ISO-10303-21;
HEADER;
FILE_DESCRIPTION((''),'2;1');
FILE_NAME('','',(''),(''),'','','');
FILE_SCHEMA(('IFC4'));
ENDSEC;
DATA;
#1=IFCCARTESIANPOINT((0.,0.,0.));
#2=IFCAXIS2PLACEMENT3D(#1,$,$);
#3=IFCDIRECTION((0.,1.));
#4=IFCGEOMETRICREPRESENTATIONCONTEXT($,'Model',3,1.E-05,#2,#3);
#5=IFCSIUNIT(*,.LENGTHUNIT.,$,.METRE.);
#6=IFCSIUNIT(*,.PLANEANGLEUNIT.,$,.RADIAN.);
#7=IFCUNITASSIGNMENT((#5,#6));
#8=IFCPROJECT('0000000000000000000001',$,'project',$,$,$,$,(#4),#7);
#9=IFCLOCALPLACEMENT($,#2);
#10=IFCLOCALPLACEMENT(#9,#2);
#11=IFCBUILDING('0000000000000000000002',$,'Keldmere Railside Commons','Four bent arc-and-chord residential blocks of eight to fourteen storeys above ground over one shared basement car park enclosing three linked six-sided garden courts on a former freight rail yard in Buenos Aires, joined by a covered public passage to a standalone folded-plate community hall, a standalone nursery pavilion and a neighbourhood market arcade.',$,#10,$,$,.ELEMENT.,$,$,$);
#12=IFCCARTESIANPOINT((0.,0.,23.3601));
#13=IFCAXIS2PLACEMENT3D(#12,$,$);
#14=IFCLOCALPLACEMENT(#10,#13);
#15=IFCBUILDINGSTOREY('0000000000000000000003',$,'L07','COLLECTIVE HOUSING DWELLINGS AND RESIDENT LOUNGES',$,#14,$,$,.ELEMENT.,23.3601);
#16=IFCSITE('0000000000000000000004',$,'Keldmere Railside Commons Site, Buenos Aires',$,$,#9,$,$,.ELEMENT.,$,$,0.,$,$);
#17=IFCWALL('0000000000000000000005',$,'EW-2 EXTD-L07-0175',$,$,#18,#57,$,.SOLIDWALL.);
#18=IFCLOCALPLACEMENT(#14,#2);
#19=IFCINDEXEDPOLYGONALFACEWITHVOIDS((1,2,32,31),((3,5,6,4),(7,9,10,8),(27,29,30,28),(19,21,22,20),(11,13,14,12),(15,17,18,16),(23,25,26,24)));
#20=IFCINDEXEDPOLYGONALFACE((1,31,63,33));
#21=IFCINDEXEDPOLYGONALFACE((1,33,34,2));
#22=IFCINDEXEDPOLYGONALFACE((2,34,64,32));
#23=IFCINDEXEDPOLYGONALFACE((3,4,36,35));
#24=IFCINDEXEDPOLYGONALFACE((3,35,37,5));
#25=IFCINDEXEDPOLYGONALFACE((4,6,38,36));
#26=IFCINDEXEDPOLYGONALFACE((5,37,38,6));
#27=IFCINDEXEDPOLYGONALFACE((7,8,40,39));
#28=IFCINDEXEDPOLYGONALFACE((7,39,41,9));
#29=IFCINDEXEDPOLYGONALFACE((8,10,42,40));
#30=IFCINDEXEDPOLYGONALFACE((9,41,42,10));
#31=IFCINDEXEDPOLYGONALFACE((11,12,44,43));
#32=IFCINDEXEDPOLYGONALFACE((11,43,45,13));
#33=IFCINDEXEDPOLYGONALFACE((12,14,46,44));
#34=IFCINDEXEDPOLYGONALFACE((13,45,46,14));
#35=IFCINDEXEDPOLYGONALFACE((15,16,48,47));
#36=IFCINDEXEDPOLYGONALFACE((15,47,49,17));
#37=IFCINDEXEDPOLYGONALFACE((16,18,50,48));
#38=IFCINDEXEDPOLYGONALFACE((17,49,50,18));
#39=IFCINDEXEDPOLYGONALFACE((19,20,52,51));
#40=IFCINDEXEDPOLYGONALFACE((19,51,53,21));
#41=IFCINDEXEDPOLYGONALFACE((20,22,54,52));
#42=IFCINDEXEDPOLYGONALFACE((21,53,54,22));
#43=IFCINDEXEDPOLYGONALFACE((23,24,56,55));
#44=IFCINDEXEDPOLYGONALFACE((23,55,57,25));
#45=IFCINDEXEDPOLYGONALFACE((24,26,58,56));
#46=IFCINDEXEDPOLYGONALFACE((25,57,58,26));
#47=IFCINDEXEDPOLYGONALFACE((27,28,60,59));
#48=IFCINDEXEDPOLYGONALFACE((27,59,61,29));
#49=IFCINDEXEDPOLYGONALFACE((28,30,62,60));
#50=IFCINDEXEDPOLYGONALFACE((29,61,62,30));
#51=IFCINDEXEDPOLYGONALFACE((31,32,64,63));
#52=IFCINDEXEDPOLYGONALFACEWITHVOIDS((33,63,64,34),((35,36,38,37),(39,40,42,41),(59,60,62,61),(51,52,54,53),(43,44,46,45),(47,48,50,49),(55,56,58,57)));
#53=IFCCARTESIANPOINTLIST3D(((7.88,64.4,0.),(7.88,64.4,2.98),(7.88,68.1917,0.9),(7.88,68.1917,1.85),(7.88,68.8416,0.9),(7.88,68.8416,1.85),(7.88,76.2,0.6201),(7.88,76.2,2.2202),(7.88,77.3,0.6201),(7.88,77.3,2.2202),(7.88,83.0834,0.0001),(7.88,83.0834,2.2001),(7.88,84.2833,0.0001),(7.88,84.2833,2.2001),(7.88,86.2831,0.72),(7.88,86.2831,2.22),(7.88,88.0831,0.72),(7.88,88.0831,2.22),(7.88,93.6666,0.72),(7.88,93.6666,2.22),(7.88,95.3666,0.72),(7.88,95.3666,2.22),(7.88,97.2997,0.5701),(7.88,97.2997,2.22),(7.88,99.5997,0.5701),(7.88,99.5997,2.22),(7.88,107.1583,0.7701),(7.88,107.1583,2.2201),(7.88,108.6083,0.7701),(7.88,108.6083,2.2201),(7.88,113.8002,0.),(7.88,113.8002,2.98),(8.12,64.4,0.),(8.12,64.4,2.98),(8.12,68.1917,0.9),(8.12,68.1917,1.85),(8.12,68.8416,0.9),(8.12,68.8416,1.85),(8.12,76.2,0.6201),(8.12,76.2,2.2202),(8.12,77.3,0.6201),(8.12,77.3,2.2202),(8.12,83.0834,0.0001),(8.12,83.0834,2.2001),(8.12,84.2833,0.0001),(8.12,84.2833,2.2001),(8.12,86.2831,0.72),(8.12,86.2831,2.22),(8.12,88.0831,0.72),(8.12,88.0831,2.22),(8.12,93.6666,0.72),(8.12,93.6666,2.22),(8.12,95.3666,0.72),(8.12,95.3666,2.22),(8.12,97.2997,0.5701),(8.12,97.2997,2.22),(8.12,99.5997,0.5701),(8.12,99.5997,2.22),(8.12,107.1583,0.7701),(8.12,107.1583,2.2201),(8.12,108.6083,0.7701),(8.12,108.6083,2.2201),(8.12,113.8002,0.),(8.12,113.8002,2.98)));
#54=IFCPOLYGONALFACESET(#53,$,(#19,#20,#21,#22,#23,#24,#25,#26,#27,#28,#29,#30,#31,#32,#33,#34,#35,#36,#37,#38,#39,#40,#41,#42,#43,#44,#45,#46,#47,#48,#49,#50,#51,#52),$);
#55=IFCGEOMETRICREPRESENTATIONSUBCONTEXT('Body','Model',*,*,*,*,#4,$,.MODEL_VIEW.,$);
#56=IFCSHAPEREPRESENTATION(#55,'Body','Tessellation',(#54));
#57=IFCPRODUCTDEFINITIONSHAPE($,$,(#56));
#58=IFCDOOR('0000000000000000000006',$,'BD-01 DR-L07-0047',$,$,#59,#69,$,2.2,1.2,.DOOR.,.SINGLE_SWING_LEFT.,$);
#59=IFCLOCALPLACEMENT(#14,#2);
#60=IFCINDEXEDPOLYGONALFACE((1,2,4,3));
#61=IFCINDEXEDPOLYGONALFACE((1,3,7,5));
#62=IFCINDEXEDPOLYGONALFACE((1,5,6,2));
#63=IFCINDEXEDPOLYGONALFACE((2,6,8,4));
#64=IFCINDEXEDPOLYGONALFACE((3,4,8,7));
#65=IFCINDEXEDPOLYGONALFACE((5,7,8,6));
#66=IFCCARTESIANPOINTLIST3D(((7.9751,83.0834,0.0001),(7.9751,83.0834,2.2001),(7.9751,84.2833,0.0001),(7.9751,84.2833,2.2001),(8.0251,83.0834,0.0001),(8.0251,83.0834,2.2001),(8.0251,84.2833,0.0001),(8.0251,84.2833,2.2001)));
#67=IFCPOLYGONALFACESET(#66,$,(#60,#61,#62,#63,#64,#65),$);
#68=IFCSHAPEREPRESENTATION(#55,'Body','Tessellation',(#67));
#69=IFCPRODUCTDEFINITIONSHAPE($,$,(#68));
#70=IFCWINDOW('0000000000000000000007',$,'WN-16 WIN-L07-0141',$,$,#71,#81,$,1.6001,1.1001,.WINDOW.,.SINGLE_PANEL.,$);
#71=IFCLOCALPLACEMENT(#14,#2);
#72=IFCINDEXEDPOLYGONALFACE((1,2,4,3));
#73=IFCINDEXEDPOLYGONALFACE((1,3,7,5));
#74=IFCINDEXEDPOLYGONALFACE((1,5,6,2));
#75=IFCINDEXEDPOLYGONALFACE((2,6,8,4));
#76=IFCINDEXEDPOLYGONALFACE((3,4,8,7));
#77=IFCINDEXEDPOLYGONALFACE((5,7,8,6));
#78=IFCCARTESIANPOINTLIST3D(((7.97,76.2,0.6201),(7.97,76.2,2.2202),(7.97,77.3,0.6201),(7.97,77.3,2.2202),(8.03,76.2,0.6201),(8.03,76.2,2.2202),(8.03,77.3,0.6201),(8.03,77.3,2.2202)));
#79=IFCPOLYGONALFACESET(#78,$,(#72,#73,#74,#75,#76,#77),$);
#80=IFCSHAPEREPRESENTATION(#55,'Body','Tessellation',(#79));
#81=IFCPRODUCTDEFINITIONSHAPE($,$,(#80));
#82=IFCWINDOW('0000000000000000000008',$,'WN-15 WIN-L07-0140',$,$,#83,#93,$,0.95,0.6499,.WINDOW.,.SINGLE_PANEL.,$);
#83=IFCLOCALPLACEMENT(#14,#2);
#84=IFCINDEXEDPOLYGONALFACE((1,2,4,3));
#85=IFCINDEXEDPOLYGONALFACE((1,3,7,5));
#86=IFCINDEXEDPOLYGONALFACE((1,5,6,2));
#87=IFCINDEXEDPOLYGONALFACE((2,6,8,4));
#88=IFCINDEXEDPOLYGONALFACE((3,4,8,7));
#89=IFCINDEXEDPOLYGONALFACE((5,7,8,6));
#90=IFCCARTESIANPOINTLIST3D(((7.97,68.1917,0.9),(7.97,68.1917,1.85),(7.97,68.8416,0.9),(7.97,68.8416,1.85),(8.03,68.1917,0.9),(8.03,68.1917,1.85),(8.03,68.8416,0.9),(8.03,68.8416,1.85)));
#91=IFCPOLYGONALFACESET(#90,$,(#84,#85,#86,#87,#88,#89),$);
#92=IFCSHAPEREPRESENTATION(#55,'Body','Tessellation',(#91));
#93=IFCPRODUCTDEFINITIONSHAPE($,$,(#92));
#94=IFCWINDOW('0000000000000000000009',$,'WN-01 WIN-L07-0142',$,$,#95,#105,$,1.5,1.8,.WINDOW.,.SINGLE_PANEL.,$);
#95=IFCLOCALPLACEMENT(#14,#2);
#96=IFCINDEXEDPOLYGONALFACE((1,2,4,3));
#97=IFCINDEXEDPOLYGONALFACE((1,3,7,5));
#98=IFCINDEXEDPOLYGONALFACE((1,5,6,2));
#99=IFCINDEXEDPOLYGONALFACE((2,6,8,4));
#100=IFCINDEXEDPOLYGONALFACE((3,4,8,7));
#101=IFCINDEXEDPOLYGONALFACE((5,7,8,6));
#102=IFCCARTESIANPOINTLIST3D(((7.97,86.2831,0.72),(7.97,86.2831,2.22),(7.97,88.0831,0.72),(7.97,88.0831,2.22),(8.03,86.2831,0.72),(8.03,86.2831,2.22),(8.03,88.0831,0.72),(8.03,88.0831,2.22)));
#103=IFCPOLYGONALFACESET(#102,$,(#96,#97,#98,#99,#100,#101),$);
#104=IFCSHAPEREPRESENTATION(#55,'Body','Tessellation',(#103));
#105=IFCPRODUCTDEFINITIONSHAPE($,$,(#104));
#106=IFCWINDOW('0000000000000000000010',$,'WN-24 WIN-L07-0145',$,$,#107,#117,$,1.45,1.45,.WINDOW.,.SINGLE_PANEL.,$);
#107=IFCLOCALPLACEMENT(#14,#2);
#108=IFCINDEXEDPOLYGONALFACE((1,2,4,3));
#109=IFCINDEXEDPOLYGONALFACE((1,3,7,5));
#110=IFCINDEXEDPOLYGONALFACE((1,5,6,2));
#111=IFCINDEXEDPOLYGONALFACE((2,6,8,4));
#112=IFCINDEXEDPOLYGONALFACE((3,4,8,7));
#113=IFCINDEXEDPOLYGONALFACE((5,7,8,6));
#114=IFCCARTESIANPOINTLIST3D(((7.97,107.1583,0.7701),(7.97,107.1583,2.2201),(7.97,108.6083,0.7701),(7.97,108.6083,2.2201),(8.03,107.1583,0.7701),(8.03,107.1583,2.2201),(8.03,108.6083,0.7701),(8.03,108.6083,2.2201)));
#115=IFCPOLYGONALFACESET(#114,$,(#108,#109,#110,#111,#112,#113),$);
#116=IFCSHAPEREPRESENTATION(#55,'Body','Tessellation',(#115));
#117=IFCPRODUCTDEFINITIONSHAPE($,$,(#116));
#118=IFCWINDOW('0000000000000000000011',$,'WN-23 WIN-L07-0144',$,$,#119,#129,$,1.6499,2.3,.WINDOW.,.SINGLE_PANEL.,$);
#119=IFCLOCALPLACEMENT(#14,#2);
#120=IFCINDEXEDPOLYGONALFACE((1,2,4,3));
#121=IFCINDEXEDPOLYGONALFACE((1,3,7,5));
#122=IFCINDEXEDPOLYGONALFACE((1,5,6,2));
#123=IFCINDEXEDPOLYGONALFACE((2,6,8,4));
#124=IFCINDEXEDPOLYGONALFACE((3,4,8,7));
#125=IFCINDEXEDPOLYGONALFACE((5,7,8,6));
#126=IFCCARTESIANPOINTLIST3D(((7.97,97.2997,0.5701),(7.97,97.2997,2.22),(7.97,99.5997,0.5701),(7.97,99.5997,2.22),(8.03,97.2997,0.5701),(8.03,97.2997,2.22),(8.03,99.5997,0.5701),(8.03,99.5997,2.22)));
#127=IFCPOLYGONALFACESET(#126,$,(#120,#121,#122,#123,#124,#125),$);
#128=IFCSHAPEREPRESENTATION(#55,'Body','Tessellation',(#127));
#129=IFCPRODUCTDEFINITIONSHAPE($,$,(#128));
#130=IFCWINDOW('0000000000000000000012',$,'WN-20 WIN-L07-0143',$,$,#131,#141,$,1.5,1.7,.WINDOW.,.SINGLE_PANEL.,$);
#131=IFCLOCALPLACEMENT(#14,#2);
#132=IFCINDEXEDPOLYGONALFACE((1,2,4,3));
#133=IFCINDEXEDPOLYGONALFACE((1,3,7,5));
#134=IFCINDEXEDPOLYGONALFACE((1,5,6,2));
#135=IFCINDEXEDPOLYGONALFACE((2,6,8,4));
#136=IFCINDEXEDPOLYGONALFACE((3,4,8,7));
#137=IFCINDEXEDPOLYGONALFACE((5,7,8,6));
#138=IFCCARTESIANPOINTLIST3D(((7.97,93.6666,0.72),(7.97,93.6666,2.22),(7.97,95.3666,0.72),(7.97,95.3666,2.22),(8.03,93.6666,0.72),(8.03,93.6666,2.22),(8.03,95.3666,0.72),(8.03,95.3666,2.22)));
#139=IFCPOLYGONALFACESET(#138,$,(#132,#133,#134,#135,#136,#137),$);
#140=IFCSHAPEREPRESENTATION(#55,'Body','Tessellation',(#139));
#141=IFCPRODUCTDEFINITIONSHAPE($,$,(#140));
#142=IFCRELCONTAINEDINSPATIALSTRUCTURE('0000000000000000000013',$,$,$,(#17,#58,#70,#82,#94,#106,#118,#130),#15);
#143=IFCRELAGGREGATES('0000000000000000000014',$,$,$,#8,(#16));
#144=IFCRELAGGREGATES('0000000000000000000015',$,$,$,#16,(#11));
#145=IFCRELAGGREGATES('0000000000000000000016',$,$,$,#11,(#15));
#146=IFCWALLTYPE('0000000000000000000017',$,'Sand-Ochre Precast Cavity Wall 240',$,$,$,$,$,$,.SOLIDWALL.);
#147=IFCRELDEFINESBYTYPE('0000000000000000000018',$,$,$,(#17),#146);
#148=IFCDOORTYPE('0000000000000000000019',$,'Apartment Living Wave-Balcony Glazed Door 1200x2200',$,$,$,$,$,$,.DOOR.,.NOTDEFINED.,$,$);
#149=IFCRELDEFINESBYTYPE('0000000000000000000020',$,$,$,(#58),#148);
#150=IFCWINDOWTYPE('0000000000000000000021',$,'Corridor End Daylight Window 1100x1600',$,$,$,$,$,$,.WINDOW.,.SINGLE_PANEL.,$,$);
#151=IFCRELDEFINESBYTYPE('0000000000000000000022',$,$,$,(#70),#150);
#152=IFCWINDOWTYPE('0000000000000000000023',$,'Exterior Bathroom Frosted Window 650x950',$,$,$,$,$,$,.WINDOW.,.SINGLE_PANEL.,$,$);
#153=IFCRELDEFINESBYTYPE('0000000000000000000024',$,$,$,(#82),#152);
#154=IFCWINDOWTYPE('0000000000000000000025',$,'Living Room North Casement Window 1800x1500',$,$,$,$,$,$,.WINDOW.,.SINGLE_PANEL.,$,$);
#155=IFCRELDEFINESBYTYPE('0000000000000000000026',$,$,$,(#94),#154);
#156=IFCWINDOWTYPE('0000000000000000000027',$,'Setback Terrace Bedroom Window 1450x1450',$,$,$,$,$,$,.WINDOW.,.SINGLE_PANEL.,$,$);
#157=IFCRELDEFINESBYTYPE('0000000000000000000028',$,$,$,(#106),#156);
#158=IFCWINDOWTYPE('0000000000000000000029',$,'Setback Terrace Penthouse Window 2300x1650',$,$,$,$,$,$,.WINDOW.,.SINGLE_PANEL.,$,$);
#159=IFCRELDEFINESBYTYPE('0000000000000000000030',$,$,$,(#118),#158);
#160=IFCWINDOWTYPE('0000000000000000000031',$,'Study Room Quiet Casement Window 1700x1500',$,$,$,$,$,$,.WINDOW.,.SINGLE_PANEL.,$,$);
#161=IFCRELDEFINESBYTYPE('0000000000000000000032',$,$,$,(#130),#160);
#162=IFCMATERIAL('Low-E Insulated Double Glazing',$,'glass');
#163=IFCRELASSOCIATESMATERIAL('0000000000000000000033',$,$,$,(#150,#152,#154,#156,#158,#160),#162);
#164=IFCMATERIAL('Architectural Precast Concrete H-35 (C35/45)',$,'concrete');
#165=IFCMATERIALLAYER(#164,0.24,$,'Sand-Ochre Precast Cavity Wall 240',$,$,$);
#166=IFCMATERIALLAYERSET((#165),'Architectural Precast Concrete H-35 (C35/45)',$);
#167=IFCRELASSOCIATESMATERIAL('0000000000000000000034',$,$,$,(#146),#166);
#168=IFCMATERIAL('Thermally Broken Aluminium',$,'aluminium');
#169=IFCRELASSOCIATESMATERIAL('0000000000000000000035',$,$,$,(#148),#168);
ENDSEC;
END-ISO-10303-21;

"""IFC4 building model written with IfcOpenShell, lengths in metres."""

from ifc_helpers import new_model, si_unit, direction, frame, frame_2d, origin, place, context, subcontext, project, spatial, rectangle, extrude, material, layer, layer_set, type_object, element, fill, save


model = new_model("IFC4")

# Units and contexts
model_context = context("Model", 3, precision=1e-05, world=origin(), true_north=direction((0.0, 1.0)))
body_context = subcontext(model_context, "Body", "Model", "MODEL_VIEW")
ifc_project = project(units=[si_unit("LENGTHUNIT", "METRE"), si_unit("PLANEANGLEUNIT", "RADIAN")], contexts=[model_context])

# Site, building, storey
site_placement = place(None, origin())
site = spatial("IfcSite", under=ifc_project, at=site_placement, Name="Keldmere Railside Commons Site, Buenos Aires", CompositionType="ELEMENT", RefElevation=0.0)
building_placement = place(site_placement, origin())
building = spatial("IfcBuilding", under=site, at=building_placement, Name="Keldmere Railside Commons", Description="Four bent arc-and-chord residential blocks of eight to fourteen storeys above ground over one shared basement car park enclosing three linked six-sided garden courts on a former freight rail yard in Buenos Aires, joined by a covered public passage to a standalone folded-plate community hall, a standalone nursery pavilion and a neighbourhood market arcade.", CompositionType="ELEMENT")
storey_placement = place(building_placement, frame((0.0, 0.0, 23.3601)))
storey = spatial("IfcBuildingStorey", under=building, at=storey_placement, Name="L07", Description="COLLECTIVE HOUSING DWELLINGS AND RESIDENT LOUNGES", CompositionType="ELEMENT", Elevation=23.3601)

# Shared definitions
ifc_material_1 = material(Name="Low-E Insulated Double Glazing", Category="glass")
window_type_1 = type_object("IfcWindowType", Name="Corridor End Daylight Window 1100x1600", PartitioningType="SINGLE_PANEL", PredefinedType="WINDOW", material=ifc_material_1)
ifc_material_2 = material(Name="Thermally Broken Aluminium", Category="aluminium")

# Wall, openings, door, windows
ifc_material_3 = material(Name="Architectural Precast Concrete H-35 (C35/45)", Category="concrete")
ifc_layer_1 = layer(ifc_material_3, 0.24, Name="Sand-Ochre Precast Cavity Wall 240")
ifc_layer_set_1 = layer_set([ifc_layer_1], Name="Architectural Precast Concrete H-35 (C35/45)")
wall_type_1 = type_object("IfcWallType", Name="Sand-Ochre Precast Cavity Wall 240", PredefinedType="SOLIDWALL", material=ifc_layer_set_1)
wall_1_placement = place(storey_placement, frame((8.0, 64.3999, 0.0), z_axis=(0.0, 0.0, 1.0), x_axis=(0.0, 1.0, 0.0)))
wall_1 = element("IfcWall", 1, at=wall_1_placement, inside=storey, type_object=wall_type_1, Name="EW-2 EXTD-L07-0175", PredefinedType="SOLIDWALL", context=body_context, shape_type="SweptSolid", body=[
    extrude(rectangle(XDim=49.4001, YDim=0.24, at=frame_2d((24.7002, 0.0))), origin(), (0.0, 0.0, 1.0), 2.98),
])
opening_1_placement = place(wall_1_placement, frame((3.7917, 0.0, 0.8999)))
opening_1 = element("IfcOpeningElement", 2, at=opening_1_placement, cuts=wall_1, PredefinedType="OPENING", context=body_context, shape_type="SweptSolid", body=[
    extrude(rectangle(XDim=0.6499, YDim=0.95, at=frame_2d((0.325, 0.4751))), frame((0.0, 0.1299, 0.0), z_axis=(0.0, -1.0, 0.0), x_axis=(1.0, 0.0, 0.0)), (0.0, 0.0, 1.0), 0.26),
])
opening_2_placement = place(wall_1_placement, frame((11.8, 0.0, 0.6201)))
opening_2 = element("IfcOpeningElement", 3, at=opening_2_placement, cuts=wall_1, PredefinedType="OPENING", context=body_context, shape_type="SweptSolid", body=[
    extrude(rectangle(XDim=1.1001, YDim=1.6001, at=frame_2d((0.55, 0.8))), frame((0.0, 0.1299, 0.0), z_axis=(0.0, -1.0, 0.0), x_axis=(1.0, 0.0, 0.0)), (0.0, 0.0, 1.0), 0.26),
])
opening_3_placement = place(wall_1_placement, frame((18.6833, 0.0, 0.0)))
opening_3 = element("IfcOpeningElement", 4, at=opening_3_placement, cuts=wall_1, PredefinedType="OPENING", context=body_context, shape_type="SweptSolid", body=[
    extrude(rectangle(XDim=1.2, YDim=2.2, at=frame_2d((0.6001, 1.1001))), frame((0.0, 0.1299, 0.0), z_axis=(0.0, -1.0, 0.0), x_axis=(1.0, 0.0, 0.0)), (0.0, 0.0, 1.0), 0.26),
])
opening_4_placement = place(wall_1_placement, frame((21.8833, 0.0, 0.72)))
opening_4 = element("IfcOpeningElement", 5, at=opening_4_placement, cuts=wall_1, PredefinedType="OPENING", context=body_context, shape_type="SweptSolid", body=[
    extrude(rectangle(XDim=1.8, YDim=1.5, at=frame_2d((0.8999, 0.75))), frame((0.0, 0.1299, 0.0), z_axis=(0.0, -1.0, 0.0), x_axis=(1.0, 0.0, 0.0)), (0.0, 0.0, 1.0), 0.26),
])
opening_5_placement = place(wall_1_placement, frame((29.2666, 0.0, 0.72)))
opening_5 = element("IfcOpeningElement", 6, at=opening_5_placement, cuts=wall_1, PredefinedType="OPENING", context=body_context, shape_type="SweptSolid", body=[
    extrude(rectangle(XDim=1.7, YDim=1.5, at=frame_2d((0.8501, 0.75))), frame((0.0, 0.1299, 0.0), z_axis=(0.0, -1.0, 0.0), x_axis=(1.0, 0.0, 0.0)), (0.0, 0.0, 1.0), 0.26),
])
opening_6_placement = place(wall_1_placement, frame((32.8999, 0.0, 0.5701)))
opening_6 = element("IfcOpeningElement", 7, at=opening_6_placement, cuts=wall_1, PredefinedType="OPENING", context=body_context, shape_type="SweptSolid", body=[
    extrude(rectangle(XDim=2.3, YDim=1.6499, at=frame_2d((1.1499, 0.825))), frame((0.0, 0.1299, 0.0), z_axis=(0.0, -1.0, 0.0), x_axis=(1.0, 0.0, 0.0)), (0.0, 0.0, 1.0), 0.26),
])
opening_7_placement = place(wall_1_placement, frame((42.7583, 0.0, 0.77)))
opening_7 = element("IfcOpeningElement", 8, at=opening_7_placement, cuts=wall_1, PredefinedType="OPENING", context=body_context, shape_type="SweptSolid", body=[
    extrude(rectangle(XDim=1.45, YDim=1.45, at=frame_2d((0.7251, 0.7251))), frame((0.0, 0.1299, 0.0), z_axis=(0.0, -1.0, 0.0), x_axis=(1.0, 0.0, 0.0)), (0.0, 0.0, 1.0), 0.26),
])
door_type_1 = type_object("IfcDoorType", Name="Apartment Living Wave-Balcony Glazed Door 1200x2200", OperationType="NOTDEFINED", PredefinedType="DOOR", material=ifc_material_2)
door_1_placement = place(opening_3_placement, origin())
door_1 = element("IfcDoor", 9, at=door_1_placement, inside=storey, type_object=door_type_1, Name="BD-01 DR-L07-0047", OperationType="SINGLE_SWING_LEFT", OverallHeight=2.2, OverallWidth=1.2, PredefinedType="DOOR", context=body_context, shape_type="SweptSolid", body=[
    extrude(rectangle(XDim=1.2, YDim=2.2, at=frame_2d((0.6001, 1.1001))), frame((0.0, 0.0249, 0.0), z_axis=(0.0, -1.0, 0.0), x_axis=(1.0, 0.0, 0.0)), (0.0, 0.0, 1.0), 0.05),
])
fill(opening_3, door_1)
window_1_placement = place(opening_2_placement, origin())
window_1 = element("IfcWindow", 10, at=window_1_placement, inside=storey, type_object=window_type_1, Name="WN-16 WIN-L07-0141", OverallHeight=1.6001, OverallWidth=1.1001, PartitioningType="SINGLE_PANEL", PredefinedType="WINDOW", context=body_context, shape_type="SweptSolid", body=[
    extrude(rectangle(XDim=1.1001, YDim=1.6001, at=frame_2d((0.55, 0.8))), frame((0.0, 0.03, 0.0), z_axis=(0.0, -1.0, 0.0), x_axis=(1.0, 0.0, 0.0)), (0.0, 0.0, 1.0), 0.0601),
])
fill(opening_2, window_1)
window_type_2 = type_object("IfcWindowType", Name="Exterior Bathroom Frosted Window 650x950", PartitioningType="SINGLE_PANEL", PredefinedType="WINDOW", material=ifc_material_1)
window_2_placement = place(opening_1_placement, origin())
window_2 = element("IfcWindow", 11, at=window_2_placement, inside=storey, type_object=window_type_2, Name="WN-15 WIN-L07-0140", OverallHeight=0.95, OverallWidth=0.6499, PartitioningType="SINGLE_PANEL", PredefinedType="WINDOW", context=body_context, shape_type="SweptSolid", body=[
    extrude(rectangle(XDim=0.6499, YDim=0.95, at=frame_2d((0.325, 0.4751))), frame((0.0, 0.03, 0.0), z_axis=(0.0, -1.0, 0.0), x_axis=(1.0, 0.0, 0.0)), (0.0, 0.0, 1.0), 0.0601),
])
fill(opening_1, window_2)
window_type_3 = type_object("IfcWindowType", Name="Living Room North Casement Window 1800x1500", PartitioningType="SINGLE_PANEL", PredefinedType="WINDOW", material=ifc_material_1)
window_3_placement = place(opening_4_placement, origin())
window_3 = element("IfcWindow", 12, at=window_3_placement, inside=storey, type_object=window_type_3, Name="WN-01 WIN-L07-0142", OverallHeight=1.5, OverallWidth=1.8, PartitioningType="SINGLE_PANEL", PredefinedType="WINDOW", context=body_context, shape_type="SweptSolid", body=[
    extrude(rectangle(XDim=1.8, YDim=1.5, at=frame_2d((0.8999, 0.75))), frame((0.0, 0.03, 0.0), z_axis=(0.0, -1.0, 0.0), x_axis=(1.0, 0.0, 0.0)), (0.0, 0.0, 1.0), 0.0601),
])
fill(opening_4, window_3)
window_type_4 = type_object("IfcWindowType", Name="Setback Terrace Bedroom Window 1450x1450", PartitioningType="SINGLE_PANEL", PredefinedType="WINDOW", material=ifc_material_1)
window_4_placement = place(opening_7_placement, origin())
window_4 = element("IfcWindow", 13, at=window_4_placement, inside=storey, type_object=window_type_4, Name="WN-24 WIN-L07-0145", OverallHeight=1.45, OverallWidth=1.45, PartitioningType="SINGLE_PANEL", PredefinedType="WINDOW", context=body_context, shape_type="SweptSolid", body=[
    extrude(rectangle(XDim=1.45, YDim=1.45, at=frame_2d((0.7251, 0.7251))), frame((0.0, 0.03, 0.0), z_axis=(0.0, -1.0, 0.0), x_axis=(1.0, 0.0, 0.0)), (0.0, 0.0, 1.0), 0.0601),
])
fill(opening_7, window_4)
window_type_5 = type_object("IfcWindowType", Name="Setback Terrace Penthouse Window 2300x1650", PartitioningType="SINGLE_PANEL", PredefinedType="WINDOW", material=ifc_material_1)
window_5_placement = place(opening_6_placement, origin())
window_5 = element("IfcWindow", 14, at=window_5_placement, inside=storey, type_object=window_type_5, Name="WN-23 WIN-L07-0144", OverallHeight=1.6499, OverallWidth=2.3, PartitioningType="SINGLE_PANEL", PredefinedType="WINDOW", context=body_context, shape_type="SweptSolid", body=[
    extrude(rectangle(XDim=2.3, YDim=1.6499, at=frame_2d((1.1499, 0.825))), frame((0.0, 0.03, 0.0), z_axis=(0.0, -1.0, 0.0), x_axis=(1.0, 0.0, 0.0)), (0.0, 0.0, 1.0), 0.0601),
])
fill(opening_6, window_5)
window_type_6 = type_object("IfcWindowType", Name="Study Room Quiet Casement Window 1700x1500", PartitioningType="SINGLE_PANEL", PredefinedType="WINDOW", material=ifc_material_1)
window_6_placement = place(opening_5_placement, origin())
window_6 = element("IfcWindow", 15, at=window_6_placement, inside=storey, type_object=window_type_6, Name="WN-20 WIN-L07-0143", OverallHeight=1.5, OverallWidth=1.7, PartitioningType="SINGLE_PANEL", PredefinedType="WINDOW", context=body_context, shape_type="SweptSolid", body=[
    extrude(rectangle(XDim=1.7, YDim=1.5, at=frame_2d((0.8501, 0.75))), frame((0.0, 0.03, 0.0), z_axis=(0.0, -1.0, 0.0), x_axis=(1.0, 0.0, 0.0)), (0.0, 0.0, 1.0), 0.0601),
])
fill(opening_5, window_6)

save(model, "model.ifc")
